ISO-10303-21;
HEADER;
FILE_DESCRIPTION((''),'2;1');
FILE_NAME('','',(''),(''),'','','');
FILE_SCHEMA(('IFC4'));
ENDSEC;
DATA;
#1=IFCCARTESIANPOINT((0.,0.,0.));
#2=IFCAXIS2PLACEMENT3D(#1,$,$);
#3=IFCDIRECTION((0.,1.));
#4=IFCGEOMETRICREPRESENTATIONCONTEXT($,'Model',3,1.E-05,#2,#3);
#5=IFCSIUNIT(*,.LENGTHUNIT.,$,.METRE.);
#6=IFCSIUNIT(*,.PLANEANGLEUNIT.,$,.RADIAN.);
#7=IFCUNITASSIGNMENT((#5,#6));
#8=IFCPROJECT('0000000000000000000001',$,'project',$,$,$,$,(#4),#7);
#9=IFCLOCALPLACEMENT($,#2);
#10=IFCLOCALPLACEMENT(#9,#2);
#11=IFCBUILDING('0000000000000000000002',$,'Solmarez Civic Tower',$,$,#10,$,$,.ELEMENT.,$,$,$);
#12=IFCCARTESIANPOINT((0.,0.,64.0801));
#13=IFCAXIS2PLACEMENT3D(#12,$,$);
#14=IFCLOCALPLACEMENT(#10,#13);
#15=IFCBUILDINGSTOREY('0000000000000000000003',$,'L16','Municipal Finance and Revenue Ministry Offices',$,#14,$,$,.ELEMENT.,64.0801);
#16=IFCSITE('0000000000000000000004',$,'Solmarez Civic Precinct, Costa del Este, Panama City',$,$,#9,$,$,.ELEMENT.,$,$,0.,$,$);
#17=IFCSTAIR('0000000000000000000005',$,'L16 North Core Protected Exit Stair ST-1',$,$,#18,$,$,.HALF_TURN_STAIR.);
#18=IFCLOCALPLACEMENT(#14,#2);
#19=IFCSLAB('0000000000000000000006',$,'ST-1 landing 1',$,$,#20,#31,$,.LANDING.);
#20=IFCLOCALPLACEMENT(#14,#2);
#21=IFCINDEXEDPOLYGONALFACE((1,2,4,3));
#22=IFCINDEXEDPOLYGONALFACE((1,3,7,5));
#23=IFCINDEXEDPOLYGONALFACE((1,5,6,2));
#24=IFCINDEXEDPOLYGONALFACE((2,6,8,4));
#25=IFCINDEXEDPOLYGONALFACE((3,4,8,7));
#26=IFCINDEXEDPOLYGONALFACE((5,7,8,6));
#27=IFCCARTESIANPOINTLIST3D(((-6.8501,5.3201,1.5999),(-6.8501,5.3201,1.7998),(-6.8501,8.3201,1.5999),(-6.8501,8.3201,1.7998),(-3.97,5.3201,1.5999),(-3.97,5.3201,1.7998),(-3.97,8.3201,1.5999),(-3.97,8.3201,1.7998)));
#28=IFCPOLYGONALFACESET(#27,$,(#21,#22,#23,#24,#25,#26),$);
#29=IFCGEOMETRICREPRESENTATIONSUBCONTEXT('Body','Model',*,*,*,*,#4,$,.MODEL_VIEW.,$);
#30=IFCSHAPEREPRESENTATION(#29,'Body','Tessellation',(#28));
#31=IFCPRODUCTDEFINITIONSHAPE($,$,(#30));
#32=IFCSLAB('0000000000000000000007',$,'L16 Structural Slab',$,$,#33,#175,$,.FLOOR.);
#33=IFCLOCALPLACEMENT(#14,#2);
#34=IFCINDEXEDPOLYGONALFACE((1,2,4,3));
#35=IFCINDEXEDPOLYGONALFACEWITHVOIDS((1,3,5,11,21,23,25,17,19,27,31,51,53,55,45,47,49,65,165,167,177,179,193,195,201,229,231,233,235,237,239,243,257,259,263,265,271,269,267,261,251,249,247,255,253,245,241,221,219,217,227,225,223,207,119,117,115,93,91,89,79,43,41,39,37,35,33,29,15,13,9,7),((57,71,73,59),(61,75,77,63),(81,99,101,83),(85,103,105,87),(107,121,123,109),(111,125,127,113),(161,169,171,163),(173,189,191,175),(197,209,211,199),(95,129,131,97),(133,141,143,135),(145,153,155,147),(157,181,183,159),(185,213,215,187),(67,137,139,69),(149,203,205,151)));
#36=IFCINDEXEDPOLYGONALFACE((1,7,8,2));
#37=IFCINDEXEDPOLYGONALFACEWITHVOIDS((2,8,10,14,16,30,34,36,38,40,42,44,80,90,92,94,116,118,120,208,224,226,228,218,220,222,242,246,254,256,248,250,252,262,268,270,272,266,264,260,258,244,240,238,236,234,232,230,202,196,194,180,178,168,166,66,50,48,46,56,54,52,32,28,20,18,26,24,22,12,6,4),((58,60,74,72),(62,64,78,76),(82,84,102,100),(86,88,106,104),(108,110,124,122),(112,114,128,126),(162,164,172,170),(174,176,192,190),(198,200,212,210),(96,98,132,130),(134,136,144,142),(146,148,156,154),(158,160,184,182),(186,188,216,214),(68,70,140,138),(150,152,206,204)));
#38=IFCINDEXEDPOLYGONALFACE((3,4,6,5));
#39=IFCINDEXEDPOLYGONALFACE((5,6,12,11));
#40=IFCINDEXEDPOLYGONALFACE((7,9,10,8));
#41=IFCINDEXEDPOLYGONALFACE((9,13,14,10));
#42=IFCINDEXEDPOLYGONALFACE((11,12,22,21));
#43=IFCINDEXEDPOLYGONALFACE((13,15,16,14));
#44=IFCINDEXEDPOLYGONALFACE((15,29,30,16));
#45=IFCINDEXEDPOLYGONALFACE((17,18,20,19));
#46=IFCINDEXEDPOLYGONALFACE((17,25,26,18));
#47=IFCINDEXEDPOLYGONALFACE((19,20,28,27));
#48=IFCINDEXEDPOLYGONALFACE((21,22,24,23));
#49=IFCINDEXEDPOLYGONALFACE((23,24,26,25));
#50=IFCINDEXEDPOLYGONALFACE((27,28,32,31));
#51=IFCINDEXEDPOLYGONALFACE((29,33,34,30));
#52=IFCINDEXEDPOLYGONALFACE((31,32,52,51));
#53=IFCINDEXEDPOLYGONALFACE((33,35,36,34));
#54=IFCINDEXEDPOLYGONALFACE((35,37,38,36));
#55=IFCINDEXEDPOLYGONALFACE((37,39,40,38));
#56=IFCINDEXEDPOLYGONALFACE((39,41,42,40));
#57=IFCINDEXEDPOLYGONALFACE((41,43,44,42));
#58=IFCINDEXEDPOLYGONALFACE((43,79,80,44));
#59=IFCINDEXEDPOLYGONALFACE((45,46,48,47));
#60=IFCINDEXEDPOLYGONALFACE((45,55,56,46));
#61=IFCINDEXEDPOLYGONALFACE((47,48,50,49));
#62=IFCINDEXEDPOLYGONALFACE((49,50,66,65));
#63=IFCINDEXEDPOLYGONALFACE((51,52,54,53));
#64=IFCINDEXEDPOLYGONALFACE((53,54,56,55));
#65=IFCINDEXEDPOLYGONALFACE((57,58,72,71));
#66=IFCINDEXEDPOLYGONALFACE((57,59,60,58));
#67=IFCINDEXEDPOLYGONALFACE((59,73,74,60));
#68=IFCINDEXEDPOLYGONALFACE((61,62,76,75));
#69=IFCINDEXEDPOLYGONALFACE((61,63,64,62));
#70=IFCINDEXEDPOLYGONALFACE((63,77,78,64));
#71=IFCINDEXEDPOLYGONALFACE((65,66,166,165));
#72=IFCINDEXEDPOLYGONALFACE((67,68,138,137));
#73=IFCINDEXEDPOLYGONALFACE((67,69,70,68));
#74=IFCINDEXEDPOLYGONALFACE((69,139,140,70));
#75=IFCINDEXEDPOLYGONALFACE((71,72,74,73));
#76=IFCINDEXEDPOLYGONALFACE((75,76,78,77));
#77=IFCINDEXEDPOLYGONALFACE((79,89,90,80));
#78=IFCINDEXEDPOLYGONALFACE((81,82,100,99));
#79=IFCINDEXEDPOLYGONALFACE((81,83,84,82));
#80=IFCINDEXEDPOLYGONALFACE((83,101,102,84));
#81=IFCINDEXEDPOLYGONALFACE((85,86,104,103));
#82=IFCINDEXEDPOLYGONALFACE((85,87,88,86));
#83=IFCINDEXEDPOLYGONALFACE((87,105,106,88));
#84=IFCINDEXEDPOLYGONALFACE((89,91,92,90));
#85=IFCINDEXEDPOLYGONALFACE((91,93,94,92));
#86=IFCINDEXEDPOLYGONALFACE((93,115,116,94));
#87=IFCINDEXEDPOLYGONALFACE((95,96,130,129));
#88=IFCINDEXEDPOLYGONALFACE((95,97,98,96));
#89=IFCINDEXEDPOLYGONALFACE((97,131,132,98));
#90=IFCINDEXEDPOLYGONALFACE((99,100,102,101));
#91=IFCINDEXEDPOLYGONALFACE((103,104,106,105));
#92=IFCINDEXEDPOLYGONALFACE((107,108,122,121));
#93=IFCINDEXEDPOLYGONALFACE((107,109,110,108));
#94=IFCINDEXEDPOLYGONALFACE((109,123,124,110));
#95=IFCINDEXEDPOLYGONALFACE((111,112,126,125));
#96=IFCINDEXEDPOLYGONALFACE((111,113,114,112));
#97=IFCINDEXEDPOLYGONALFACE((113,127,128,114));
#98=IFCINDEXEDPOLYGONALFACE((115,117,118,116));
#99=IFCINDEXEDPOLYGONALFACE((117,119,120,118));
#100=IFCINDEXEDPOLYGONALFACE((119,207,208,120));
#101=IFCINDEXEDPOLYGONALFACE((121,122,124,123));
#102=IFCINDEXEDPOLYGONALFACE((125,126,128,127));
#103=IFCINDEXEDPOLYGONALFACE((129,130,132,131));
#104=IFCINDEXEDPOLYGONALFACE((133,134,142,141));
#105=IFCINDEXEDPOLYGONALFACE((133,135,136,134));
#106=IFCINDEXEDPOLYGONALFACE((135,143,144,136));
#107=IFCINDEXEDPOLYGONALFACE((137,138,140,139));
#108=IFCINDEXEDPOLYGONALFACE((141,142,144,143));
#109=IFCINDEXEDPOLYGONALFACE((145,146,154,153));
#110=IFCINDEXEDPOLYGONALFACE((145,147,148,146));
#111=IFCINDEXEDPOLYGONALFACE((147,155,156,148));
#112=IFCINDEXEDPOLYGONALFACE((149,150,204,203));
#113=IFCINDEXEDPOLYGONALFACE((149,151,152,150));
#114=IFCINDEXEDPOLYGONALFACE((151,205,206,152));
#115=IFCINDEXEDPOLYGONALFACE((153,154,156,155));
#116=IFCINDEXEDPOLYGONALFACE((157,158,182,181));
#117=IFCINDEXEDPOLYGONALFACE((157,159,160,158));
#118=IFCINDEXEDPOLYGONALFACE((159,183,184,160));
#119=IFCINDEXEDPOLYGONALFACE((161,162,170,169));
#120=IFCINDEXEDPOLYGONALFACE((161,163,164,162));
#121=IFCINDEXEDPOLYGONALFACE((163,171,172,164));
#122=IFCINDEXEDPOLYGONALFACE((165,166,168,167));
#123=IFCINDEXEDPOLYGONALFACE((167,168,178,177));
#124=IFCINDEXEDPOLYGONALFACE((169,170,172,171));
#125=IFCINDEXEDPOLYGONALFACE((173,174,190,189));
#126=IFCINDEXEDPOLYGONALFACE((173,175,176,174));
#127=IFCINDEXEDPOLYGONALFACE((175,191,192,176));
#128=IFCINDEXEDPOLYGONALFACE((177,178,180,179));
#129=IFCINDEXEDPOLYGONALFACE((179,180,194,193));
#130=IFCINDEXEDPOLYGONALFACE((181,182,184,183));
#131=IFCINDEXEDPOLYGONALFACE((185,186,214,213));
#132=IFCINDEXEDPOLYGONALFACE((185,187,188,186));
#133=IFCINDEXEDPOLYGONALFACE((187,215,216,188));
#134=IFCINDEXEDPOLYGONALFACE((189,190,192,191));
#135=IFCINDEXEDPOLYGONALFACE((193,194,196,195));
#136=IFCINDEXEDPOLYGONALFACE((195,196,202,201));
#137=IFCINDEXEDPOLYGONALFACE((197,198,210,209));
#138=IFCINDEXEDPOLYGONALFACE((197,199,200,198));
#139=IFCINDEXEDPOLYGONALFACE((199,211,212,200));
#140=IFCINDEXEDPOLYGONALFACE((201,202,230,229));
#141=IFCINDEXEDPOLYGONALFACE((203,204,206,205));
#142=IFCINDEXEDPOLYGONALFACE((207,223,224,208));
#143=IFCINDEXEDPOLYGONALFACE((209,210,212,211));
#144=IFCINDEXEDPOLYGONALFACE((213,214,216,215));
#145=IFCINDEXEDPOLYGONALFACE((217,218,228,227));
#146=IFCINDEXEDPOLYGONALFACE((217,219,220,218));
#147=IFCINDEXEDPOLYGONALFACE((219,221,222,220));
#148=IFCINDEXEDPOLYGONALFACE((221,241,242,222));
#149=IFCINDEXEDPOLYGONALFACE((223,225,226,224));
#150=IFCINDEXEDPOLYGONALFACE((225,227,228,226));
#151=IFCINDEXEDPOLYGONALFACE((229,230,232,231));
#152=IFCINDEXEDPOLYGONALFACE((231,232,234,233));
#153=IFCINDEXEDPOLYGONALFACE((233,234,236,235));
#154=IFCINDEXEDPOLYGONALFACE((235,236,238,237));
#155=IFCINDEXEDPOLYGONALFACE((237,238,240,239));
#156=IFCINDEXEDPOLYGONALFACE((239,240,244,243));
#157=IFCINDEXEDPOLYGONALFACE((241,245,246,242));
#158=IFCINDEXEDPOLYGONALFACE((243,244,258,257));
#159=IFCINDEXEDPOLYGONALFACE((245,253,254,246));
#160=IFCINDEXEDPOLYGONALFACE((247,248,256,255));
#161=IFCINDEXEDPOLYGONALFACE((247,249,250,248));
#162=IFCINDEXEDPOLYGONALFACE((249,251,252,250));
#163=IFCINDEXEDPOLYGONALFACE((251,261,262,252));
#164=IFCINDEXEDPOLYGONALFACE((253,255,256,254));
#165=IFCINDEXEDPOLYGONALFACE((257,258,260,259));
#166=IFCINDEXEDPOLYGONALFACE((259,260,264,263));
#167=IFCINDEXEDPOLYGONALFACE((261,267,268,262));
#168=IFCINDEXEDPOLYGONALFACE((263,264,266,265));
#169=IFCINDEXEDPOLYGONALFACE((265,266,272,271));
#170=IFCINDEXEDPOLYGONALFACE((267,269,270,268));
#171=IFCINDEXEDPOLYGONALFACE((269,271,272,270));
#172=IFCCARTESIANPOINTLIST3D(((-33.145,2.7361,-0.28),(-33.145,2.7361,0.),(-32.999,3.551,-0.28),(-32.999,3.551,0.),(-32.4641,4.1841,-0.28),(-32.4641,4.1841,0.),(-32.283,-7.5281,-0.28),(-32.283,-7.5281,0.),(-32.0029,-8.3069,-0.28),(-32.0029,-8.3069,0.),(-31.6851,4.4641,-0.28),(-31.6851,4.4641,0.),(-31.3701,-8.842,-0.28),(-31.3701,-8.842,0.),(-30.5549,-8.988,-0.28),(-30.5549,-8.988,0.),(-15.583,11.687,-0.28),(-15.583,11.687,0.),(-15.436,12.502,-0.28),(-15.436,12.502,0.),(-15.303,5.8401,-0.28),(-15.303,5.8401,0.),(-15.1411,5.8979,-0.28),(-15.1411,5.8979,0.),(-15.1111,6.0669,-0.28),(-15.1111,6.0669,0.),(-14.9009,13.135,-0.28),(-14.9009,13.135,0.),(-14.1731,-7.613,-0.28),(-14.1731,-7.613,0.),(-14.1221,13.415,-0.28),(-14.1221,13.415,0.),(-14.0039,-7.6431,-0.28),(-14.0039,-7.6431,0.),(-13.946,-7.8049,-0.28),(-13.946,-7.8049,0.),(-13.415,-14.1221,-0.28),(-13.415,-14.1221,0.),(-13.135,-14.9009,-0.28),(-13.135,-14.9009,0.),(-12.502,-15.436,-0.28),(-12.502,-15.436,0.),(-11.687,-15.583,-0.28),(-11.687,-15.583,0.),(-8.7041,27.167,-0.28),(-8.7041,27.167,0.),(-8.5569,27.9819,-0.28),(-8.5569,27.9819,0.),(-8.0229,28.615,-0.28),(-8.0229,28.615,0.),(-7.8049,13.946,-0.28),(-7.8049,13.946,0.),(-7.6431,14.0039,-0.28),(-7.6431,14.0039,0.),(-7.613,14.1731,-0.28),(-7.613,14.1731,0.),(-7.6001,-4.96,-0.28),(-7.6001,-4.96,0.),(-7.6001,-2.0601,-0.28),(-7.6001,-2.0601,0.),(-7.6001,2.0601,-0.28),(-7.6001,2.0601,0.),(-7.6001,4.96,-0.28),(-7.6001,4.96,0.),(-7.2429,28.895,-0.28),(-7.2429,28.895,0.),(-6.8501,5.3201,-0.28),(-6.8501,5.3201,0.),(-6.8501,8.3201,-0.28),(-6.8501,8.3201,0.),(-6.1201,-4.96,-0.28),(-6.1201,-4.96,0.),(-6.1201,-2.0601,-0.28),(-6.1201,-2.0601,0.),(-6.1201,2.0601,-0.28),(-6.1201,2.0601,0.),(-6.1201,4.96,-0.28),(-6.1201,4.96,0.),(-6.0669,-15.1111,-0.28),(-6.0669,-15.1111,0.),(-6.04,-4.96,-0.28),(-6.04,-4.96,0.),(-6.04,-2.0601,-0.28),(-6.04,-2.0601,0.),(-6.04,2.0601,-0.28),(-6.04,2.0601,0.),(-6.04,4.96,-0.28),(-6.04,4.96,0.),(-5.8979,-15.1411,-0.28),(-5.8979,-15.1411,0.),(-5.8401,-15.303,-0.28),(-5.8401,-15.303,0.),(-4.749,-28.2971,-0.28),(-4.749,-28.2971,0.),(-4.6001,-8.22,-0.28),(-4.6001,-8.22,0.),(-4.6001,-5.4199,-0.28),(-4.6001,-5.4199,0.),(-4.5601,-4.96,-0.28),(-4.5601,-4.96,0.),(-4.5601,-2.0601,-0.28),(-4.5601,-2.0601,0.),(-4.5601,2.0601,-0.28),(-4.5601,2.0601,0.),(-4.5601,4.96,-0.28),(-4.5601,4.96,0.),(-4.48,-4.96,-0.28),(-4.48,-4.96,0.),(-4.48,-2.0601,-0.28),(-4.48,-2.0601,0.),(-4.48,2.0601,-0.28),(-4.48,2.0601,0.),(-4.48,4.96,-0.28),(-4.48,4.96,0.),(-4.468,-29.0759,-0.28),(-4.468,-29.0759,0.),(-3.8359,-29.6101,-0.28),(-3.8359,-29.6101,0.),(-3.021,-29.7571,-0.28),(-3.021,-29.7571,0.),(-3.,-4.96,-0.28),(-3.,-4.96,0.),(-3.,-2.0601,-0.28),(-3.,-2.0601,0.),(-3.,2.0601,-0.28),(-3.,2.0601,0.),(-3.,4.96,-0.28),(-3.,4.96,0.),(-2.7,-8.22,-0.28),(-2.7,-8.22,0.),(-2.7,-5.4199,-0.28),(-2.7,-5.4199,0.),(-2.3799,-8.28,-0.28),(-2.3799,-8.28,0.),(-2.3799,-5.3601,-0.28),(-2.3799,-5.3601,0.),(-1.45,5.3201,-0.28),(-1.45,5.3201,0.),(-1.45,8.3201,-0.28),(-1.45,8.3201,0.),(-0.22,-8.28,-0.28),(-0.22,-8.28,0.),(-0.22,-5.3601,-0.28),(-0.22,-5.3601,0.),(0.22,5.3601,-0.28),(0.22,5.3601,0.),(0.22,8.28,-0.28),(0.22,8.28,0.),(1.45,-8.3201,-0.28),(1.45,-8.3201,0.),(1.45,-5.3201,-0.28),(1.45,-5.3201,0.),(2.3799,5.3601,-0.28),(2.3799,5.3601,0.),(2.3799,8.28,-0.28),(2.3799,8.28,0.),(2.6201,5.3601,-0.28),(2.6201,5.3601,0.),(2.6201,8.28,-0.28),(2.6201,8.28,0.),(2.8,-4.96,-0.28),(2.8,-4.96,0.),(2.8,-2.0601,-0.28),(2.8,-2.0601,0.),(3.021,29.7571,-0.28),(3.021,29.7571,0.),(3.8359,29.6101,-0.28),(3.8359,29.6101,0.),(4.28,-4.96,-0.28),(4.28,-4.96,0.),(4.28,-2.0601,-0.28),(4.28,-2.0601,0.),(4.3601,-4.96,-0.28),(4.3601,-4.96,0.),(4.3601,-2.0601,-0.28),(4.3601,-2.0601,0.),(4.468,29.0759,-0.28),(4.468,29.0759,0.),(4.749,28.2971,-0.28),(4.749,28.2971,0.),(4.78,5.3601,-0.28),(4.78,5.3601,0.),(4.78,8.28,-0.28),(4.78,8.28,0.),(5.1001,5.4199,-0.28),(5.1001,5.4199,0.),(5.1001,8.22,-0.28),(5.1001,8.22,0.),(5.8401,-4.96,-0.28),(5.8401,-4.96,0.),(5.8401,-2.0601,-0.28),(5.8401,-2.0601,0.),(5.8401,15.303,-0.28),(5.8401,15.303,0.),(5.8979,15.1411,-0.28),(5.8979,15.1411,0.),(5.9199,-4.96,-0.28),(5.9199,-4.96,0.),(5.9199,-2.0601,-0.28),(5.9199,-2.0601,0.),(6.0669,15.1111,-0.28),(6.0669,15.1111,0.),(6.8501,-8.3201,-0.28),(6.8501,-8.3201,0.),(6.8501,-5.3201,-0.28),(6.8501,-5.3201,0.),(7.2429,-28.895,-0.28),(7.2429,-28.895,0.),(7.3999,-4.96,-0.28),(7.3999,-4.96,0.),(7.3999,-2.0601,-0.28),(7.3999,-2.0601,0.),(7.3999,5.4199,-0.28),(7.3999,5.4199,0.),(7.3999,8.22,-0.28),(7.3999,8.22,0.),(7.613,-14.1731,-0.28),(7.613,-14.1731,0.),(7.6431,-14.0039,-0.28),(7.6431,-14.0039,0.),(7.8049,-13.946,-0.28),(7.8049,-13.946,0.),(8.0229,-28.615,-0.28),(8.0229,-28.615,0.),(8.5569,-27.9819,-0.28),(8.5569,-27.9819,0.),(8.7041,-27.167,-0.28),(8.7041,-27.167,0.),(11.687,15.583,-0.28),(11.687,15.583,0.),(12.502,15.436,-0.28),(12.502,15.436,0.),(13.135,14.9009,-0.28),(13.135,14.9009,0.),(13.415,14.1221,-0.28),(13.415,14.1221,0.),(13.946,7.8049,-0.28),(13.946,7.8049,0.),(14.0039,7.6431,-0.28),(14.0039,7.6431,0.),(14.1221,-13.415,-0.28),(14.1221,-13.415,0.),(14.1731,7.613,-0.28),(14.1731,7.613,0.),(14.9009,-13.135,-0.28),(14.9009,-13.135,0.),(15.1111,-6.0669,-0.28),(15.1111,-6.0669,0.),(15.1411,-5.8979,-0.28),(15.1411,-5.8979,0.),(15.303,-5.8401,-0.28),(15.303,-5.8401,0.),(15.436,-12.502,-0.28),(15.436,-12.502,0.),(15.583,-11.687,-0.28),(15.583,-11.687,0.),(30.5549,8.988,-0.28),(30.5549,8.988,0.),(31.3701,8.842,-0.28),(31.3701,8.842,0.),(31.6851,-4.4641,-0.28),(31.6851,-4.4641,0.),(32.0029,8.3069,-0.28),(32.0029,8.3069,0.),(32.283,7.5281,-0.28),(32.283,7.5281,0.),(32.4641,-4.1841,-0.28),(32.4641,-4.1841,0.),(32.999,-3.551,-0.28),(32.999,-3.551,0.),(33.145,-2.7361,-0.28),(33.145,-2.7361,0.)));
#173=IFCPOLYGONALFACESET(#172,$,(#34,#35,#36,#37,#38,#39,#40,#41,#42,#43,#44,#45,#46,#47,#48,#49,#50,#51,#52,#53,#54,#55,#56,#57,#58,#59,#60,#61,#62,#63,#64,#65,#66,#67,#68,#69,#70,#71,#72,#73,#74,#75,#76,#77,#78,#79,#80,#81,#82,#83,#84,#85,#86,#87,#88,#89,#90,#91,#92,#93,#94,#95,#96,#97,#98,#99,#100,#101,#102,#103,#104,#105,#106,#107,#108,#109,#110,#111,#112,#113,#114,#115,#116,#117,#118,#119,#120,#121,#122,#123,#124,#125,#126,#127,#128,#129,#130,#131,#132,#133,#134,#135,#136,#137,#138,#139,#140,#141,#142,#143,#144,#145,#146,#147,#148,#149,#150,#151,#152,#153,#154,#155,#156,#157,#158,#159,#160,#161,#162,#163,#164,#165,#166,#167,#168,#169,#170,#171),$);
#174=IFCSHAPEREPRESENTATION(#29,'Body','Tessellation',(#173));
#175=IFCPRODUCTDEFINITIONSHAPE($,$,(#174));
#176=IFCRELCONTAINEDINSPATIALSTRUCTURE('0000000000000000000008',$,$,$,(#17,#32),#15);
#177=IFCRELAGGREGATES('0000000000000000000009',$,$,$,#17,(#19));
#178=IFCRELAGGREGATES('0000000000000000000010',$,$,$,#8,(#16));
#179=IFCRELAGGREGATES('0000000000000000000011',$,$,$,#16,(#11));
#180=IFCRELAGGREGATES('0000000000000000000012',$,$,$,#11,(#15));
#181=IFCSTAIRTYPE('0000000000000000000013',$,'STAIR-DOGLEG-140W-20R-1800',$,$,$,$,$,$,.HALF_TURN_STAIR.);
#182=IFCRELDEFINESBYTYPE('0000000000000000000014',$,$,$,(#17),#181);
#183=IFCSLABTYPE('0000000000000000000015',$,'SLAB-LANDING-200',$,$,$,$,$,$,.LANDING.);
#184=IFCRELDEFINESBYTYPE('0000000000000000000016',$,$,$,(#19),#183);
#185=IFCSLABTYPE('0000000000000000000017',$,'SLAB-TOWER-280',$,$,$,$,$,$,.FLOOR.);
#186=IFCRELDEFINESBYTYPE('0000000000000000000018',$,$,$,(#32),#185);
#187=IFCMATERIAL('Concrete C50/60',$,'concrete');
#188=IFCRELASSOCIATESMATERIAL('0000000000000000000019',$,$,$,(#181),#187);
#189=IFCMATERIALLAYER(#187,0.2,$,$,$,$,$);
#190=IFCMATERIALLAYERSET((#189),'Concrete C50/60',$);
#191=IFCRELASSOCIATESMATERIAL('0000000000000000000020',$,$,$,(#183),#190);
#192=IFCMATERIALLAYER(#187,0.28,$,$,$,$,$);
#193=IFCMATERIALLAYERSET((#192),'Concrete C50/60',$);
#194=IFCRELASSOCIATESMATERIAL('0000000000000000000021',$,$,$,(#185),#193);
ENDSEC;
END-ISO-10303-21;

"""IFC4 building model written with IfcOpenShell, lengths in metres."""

from ifc_helpers import new_model, si_unit, direction, frame, origin, place, context, subcontext, project, spatial, polyline, outline, extrude, material, layer, layer_set, type_object, element, aggregate, save


model = new_model("IFC4")

# Units and contexts
model_context = context("Model", 3, precision=1e-05, world=origin(), true_north=direction((0.0, 1.0)))
body_context = subcontext(model_context, "Body", "Model", "MODEL_VIEW")
ifc_project = project(units=[si_unit("LENGTHUNIT", "METRE"), si_unit("PLANEANGLEUNIT", "RADIAN")], contexts=[model_context])

# Site, building, storey
site_placement = place(None, origin())
site = spatial("IfcSite", under=ifc_project, at=site_placement, Name="Solmarez Civic Precinct, Costa del Este, Panama City", CompositionType="ELEMENT", RefElevation=0.0)
building_placement = place(site_placement, origin())
building = spatial("IfcBuilding", under=site, at=building_placement, Name="Solmarez Civic Tower", CompositionType="ELEMENT")
storey_placement = place(building_placement, frame((0.0, 0.0, 64.0801)))
storey = spatial("IfcBuildingStorey", under=building, at=storey_placement, Name="L16", Description="Municipal Finance and Revenue Ministry Offices", CompositionType="ELEMENT", Elevation=64.0801)

# Stair, slab
ifc_material_1 = material(Name="Concrete C50/60", Category="concrete")
stair_type = type_object("IfcStairType", Name="STAIR-DOGLEG-140W-20R-1800", PredefinedType="HALF_TURN_STAIR", material=ifc_material_1)
stair_1_placement = place(storey_placement, origin())
stair_1 = element("IfcStair", 1, at=stair_1_placement, inside=storey, type_object=stair_type, Name="L16 North Core Protected Exit Stair ST-1", PredefinedType="HALF_TURN_STAIR")
ifc_layer_1 = layer(ifc_material_1, 0.2)
ifc_layer_set_1 = layer_set([ifc_layer_1], Name="Concrete C50/60")
slab_type_1 = type_object("IfcSlabType", Name="SLAB-LANDING-200", PredefinedType="LANDING", material=ifc_layer_set_1)
slab_1_placement = place(storey_placement, frame((0.0, 0.0, 1.5999)))
slab_1 = element("IfcSlab", 2, at=slab_1_placement, type_object=slab_type_1, Name="ST-1 landing 1", PredefinedType="LANDING", context=body_context, shape_type="SweptSolid", body=[
    extrude(outline(polyline([(-3.97, 8.3201), (-6.8501, 8.3201), (-6.8501, 5.3201), (-3.97, 5.3201), (-3.97, 8.3201)])), origin(), (0.0, 0.0, 1.0), 0.2),
])
aggregate(stair_1, [slab_1])

# Slab
ifc_layer_2 = layer(ifc_material_1, 0.28)
ifc_layer_set_2 = layer_set([ifc_layer_2], Name="Concrete C50/60")
slab_type_2 = type_object("IfcSlabType", Name="SLAB-TOWER-280", PredefinedType="FLOOR", material=ifc_layer_set_2)
slab_2_placement = place(storey_placement, frame((0.0, 0.0, -0.28)))
element("IfcSlab", 3, at=slab_2_placement, inside=storey, type_object=slab_type_2, Name="L16 Structural Slab", PredefinedType="FLOOR", context=body_context, shape_type="SweptSolid", body=[
    extrude(outline(polyline([(-13.946, -7.8049), (-13.415, -14.1221), (-13.135, -14.9009), (-12.502, -15.436), (-11.687, -15.583), (-6.0669, -15.1111), (-5.8979, -15.1411), (-5.8401, -15.303), (-4.749, -28.2971), (-4.468, -29.0759), (-3.8359, -29.6101), (-3.021, -29.7571), (7.2429, -28.895), (8.0229, -28.615), (8.5569, -27.9819), (8.7041, -27.167), (7.613, -14.1731), (7.6431, -14.0039), (7.8049, -13.946), (14.1221, -13.415), (14.9009, -13.135), (15.436, -12.502), (15.583, -11.687), (15.1111, -6.0669), (15.1411, -5.8979), (15.303, -5.8401), (31.6851, -4.4641), (32.4641, -4.1841), (32.999, -3.551), (33.145, -2.7361), (32.283, 7.5281), (32.0029, 8.3069), (31.3701, 8.842), (30.5549, 8.988), (14.1731, 7.613), (14.0039, 7.6431), (13.946, 7.8049), (13.415, 14.1221), (13.135, 14.9009), (12.502, 15.436), (11.687, 15.583), (6.0669, 15.1111), (5.8979, 15.1411), (5.8401, 15.303), (4.749, 28.2971), (4.468, 29.0759), (3.8359, 29.6101), (3.021, 29.7571), (-7.2429, 28.895), (-8.0229, 28.615), (-8.5569, 27.9819), (-8.7041, 27.167), (-7.613, 14.1731), (-7.6431, 14.0039), (-7.8049, 13.946), (-14.1221, 13.415), (-14.9009, 13.135), (-15.436, 12.502), (-15.583, 11.687), (-15.1111, 6.0669), (-15.1411, 5.8979), (-15.303, 5.8401), (-31.6851, 4.4641), (-32.4641, 4.1841), (-32.999, 3.551), (-33.145, 2.7361), (-32.283, -7.5281), (-32.0029, -8.3069), (-31.3701, -8.842), (-30.5549, -8.988), (-14.1731, -7.613), (-14.0039, -7.6431), (-13.946, -7.8049)]), holes=[polyline([(-1.45, 8.3201), (-6.8501, 8.3201), (-6.8501, 5.3201), (-1.45, 5.3201), (-1.45, 8.3201)]), polyline([(1.45, -8.3201), (6.8501, -8.3201), (6.8501, -5.3201), (1.45, -5.3201), (1.45, -8.3201)]), polyline([(0.22, 5.3601), (2.3799, 5.3601), (2.3799, 8.28), (0.22, 8.28), (0.22, 5.3601)]), polyline([(2.6201, 5.3601), (4.78, 5.3601), (4.78, 8.28), (2.6201, 8.28), (2.6201, 5.3601)]), polyline([(-2.3799, -8.28), (-0.22, -8.28), (-0.22, -5.3601), (-2.3799, -5.3601), (-2.3799, -8.28)]), polyline([(2.8, -4.96), (4.28, -4.96), (4.28, -2.0601), (2.8, -2.0601), (2.8, -4.96)]), polyline([(4.3601, -4.96), (5.8401, -4.96), (5.8401, -2.0601), (4.3601, -2.0601), (4.3601, -4.96)]), polyline([(5.9199, -4.96), (7.3999, -4.96), (7.3999, -2.0601), (5.9199, -2.0601), (5.9199, -4.96)]), polyline([(-7.6001, -4.96), (-6.1201, -4.96), (-6.1201, -2.0601), (-7.6001, -2.0601), (-7.6001, -4.96)]), polyline([(-6.04, -4.96), (-4.5601, -4.96), (-4.5601, -2.0601), (-6.04, -2.0601), (-6.04, -4.96)]), polyline([(-4.48, -4.96), (-3.0, -4.96), (-3.0, -2.0601), (-4.48, -2.0601), (-4.48, -4.96)]), polyline([(-7.6001, 2.0601), (-6.1201, 2.0601), (-6.1201, 4.96), (-7.6001, 4.96), (-7.6001, 2.0601)]), polyline([(-6.04, 2.0601), (-4.5601, 2.0601), (-4.5601, 4.96), (-6.04, 4.96), (-6.04, 2.0601)]), polyline([(-4.48, 2.0601), (-3.0, 2.0601), (-3.0, 4.96), (-4.48, 4.96), (-4.48, 2.0601)]), polyline([(5.1001, 5.4199), (7.3999, 5.4199), (7.3999, 8.22), (5.1001, 8.22), (5.1001, 5.4199)]), polyline([(-4.6001, -8.22), (-2.7, -8.22), (-2.7, -5.4199), (-4.6001, -5.4199), (-4.6001, -8.22)])]), origin(), (0.0, 0.0, 1.0), 0.28),
])

save(model, "model.ifc")
